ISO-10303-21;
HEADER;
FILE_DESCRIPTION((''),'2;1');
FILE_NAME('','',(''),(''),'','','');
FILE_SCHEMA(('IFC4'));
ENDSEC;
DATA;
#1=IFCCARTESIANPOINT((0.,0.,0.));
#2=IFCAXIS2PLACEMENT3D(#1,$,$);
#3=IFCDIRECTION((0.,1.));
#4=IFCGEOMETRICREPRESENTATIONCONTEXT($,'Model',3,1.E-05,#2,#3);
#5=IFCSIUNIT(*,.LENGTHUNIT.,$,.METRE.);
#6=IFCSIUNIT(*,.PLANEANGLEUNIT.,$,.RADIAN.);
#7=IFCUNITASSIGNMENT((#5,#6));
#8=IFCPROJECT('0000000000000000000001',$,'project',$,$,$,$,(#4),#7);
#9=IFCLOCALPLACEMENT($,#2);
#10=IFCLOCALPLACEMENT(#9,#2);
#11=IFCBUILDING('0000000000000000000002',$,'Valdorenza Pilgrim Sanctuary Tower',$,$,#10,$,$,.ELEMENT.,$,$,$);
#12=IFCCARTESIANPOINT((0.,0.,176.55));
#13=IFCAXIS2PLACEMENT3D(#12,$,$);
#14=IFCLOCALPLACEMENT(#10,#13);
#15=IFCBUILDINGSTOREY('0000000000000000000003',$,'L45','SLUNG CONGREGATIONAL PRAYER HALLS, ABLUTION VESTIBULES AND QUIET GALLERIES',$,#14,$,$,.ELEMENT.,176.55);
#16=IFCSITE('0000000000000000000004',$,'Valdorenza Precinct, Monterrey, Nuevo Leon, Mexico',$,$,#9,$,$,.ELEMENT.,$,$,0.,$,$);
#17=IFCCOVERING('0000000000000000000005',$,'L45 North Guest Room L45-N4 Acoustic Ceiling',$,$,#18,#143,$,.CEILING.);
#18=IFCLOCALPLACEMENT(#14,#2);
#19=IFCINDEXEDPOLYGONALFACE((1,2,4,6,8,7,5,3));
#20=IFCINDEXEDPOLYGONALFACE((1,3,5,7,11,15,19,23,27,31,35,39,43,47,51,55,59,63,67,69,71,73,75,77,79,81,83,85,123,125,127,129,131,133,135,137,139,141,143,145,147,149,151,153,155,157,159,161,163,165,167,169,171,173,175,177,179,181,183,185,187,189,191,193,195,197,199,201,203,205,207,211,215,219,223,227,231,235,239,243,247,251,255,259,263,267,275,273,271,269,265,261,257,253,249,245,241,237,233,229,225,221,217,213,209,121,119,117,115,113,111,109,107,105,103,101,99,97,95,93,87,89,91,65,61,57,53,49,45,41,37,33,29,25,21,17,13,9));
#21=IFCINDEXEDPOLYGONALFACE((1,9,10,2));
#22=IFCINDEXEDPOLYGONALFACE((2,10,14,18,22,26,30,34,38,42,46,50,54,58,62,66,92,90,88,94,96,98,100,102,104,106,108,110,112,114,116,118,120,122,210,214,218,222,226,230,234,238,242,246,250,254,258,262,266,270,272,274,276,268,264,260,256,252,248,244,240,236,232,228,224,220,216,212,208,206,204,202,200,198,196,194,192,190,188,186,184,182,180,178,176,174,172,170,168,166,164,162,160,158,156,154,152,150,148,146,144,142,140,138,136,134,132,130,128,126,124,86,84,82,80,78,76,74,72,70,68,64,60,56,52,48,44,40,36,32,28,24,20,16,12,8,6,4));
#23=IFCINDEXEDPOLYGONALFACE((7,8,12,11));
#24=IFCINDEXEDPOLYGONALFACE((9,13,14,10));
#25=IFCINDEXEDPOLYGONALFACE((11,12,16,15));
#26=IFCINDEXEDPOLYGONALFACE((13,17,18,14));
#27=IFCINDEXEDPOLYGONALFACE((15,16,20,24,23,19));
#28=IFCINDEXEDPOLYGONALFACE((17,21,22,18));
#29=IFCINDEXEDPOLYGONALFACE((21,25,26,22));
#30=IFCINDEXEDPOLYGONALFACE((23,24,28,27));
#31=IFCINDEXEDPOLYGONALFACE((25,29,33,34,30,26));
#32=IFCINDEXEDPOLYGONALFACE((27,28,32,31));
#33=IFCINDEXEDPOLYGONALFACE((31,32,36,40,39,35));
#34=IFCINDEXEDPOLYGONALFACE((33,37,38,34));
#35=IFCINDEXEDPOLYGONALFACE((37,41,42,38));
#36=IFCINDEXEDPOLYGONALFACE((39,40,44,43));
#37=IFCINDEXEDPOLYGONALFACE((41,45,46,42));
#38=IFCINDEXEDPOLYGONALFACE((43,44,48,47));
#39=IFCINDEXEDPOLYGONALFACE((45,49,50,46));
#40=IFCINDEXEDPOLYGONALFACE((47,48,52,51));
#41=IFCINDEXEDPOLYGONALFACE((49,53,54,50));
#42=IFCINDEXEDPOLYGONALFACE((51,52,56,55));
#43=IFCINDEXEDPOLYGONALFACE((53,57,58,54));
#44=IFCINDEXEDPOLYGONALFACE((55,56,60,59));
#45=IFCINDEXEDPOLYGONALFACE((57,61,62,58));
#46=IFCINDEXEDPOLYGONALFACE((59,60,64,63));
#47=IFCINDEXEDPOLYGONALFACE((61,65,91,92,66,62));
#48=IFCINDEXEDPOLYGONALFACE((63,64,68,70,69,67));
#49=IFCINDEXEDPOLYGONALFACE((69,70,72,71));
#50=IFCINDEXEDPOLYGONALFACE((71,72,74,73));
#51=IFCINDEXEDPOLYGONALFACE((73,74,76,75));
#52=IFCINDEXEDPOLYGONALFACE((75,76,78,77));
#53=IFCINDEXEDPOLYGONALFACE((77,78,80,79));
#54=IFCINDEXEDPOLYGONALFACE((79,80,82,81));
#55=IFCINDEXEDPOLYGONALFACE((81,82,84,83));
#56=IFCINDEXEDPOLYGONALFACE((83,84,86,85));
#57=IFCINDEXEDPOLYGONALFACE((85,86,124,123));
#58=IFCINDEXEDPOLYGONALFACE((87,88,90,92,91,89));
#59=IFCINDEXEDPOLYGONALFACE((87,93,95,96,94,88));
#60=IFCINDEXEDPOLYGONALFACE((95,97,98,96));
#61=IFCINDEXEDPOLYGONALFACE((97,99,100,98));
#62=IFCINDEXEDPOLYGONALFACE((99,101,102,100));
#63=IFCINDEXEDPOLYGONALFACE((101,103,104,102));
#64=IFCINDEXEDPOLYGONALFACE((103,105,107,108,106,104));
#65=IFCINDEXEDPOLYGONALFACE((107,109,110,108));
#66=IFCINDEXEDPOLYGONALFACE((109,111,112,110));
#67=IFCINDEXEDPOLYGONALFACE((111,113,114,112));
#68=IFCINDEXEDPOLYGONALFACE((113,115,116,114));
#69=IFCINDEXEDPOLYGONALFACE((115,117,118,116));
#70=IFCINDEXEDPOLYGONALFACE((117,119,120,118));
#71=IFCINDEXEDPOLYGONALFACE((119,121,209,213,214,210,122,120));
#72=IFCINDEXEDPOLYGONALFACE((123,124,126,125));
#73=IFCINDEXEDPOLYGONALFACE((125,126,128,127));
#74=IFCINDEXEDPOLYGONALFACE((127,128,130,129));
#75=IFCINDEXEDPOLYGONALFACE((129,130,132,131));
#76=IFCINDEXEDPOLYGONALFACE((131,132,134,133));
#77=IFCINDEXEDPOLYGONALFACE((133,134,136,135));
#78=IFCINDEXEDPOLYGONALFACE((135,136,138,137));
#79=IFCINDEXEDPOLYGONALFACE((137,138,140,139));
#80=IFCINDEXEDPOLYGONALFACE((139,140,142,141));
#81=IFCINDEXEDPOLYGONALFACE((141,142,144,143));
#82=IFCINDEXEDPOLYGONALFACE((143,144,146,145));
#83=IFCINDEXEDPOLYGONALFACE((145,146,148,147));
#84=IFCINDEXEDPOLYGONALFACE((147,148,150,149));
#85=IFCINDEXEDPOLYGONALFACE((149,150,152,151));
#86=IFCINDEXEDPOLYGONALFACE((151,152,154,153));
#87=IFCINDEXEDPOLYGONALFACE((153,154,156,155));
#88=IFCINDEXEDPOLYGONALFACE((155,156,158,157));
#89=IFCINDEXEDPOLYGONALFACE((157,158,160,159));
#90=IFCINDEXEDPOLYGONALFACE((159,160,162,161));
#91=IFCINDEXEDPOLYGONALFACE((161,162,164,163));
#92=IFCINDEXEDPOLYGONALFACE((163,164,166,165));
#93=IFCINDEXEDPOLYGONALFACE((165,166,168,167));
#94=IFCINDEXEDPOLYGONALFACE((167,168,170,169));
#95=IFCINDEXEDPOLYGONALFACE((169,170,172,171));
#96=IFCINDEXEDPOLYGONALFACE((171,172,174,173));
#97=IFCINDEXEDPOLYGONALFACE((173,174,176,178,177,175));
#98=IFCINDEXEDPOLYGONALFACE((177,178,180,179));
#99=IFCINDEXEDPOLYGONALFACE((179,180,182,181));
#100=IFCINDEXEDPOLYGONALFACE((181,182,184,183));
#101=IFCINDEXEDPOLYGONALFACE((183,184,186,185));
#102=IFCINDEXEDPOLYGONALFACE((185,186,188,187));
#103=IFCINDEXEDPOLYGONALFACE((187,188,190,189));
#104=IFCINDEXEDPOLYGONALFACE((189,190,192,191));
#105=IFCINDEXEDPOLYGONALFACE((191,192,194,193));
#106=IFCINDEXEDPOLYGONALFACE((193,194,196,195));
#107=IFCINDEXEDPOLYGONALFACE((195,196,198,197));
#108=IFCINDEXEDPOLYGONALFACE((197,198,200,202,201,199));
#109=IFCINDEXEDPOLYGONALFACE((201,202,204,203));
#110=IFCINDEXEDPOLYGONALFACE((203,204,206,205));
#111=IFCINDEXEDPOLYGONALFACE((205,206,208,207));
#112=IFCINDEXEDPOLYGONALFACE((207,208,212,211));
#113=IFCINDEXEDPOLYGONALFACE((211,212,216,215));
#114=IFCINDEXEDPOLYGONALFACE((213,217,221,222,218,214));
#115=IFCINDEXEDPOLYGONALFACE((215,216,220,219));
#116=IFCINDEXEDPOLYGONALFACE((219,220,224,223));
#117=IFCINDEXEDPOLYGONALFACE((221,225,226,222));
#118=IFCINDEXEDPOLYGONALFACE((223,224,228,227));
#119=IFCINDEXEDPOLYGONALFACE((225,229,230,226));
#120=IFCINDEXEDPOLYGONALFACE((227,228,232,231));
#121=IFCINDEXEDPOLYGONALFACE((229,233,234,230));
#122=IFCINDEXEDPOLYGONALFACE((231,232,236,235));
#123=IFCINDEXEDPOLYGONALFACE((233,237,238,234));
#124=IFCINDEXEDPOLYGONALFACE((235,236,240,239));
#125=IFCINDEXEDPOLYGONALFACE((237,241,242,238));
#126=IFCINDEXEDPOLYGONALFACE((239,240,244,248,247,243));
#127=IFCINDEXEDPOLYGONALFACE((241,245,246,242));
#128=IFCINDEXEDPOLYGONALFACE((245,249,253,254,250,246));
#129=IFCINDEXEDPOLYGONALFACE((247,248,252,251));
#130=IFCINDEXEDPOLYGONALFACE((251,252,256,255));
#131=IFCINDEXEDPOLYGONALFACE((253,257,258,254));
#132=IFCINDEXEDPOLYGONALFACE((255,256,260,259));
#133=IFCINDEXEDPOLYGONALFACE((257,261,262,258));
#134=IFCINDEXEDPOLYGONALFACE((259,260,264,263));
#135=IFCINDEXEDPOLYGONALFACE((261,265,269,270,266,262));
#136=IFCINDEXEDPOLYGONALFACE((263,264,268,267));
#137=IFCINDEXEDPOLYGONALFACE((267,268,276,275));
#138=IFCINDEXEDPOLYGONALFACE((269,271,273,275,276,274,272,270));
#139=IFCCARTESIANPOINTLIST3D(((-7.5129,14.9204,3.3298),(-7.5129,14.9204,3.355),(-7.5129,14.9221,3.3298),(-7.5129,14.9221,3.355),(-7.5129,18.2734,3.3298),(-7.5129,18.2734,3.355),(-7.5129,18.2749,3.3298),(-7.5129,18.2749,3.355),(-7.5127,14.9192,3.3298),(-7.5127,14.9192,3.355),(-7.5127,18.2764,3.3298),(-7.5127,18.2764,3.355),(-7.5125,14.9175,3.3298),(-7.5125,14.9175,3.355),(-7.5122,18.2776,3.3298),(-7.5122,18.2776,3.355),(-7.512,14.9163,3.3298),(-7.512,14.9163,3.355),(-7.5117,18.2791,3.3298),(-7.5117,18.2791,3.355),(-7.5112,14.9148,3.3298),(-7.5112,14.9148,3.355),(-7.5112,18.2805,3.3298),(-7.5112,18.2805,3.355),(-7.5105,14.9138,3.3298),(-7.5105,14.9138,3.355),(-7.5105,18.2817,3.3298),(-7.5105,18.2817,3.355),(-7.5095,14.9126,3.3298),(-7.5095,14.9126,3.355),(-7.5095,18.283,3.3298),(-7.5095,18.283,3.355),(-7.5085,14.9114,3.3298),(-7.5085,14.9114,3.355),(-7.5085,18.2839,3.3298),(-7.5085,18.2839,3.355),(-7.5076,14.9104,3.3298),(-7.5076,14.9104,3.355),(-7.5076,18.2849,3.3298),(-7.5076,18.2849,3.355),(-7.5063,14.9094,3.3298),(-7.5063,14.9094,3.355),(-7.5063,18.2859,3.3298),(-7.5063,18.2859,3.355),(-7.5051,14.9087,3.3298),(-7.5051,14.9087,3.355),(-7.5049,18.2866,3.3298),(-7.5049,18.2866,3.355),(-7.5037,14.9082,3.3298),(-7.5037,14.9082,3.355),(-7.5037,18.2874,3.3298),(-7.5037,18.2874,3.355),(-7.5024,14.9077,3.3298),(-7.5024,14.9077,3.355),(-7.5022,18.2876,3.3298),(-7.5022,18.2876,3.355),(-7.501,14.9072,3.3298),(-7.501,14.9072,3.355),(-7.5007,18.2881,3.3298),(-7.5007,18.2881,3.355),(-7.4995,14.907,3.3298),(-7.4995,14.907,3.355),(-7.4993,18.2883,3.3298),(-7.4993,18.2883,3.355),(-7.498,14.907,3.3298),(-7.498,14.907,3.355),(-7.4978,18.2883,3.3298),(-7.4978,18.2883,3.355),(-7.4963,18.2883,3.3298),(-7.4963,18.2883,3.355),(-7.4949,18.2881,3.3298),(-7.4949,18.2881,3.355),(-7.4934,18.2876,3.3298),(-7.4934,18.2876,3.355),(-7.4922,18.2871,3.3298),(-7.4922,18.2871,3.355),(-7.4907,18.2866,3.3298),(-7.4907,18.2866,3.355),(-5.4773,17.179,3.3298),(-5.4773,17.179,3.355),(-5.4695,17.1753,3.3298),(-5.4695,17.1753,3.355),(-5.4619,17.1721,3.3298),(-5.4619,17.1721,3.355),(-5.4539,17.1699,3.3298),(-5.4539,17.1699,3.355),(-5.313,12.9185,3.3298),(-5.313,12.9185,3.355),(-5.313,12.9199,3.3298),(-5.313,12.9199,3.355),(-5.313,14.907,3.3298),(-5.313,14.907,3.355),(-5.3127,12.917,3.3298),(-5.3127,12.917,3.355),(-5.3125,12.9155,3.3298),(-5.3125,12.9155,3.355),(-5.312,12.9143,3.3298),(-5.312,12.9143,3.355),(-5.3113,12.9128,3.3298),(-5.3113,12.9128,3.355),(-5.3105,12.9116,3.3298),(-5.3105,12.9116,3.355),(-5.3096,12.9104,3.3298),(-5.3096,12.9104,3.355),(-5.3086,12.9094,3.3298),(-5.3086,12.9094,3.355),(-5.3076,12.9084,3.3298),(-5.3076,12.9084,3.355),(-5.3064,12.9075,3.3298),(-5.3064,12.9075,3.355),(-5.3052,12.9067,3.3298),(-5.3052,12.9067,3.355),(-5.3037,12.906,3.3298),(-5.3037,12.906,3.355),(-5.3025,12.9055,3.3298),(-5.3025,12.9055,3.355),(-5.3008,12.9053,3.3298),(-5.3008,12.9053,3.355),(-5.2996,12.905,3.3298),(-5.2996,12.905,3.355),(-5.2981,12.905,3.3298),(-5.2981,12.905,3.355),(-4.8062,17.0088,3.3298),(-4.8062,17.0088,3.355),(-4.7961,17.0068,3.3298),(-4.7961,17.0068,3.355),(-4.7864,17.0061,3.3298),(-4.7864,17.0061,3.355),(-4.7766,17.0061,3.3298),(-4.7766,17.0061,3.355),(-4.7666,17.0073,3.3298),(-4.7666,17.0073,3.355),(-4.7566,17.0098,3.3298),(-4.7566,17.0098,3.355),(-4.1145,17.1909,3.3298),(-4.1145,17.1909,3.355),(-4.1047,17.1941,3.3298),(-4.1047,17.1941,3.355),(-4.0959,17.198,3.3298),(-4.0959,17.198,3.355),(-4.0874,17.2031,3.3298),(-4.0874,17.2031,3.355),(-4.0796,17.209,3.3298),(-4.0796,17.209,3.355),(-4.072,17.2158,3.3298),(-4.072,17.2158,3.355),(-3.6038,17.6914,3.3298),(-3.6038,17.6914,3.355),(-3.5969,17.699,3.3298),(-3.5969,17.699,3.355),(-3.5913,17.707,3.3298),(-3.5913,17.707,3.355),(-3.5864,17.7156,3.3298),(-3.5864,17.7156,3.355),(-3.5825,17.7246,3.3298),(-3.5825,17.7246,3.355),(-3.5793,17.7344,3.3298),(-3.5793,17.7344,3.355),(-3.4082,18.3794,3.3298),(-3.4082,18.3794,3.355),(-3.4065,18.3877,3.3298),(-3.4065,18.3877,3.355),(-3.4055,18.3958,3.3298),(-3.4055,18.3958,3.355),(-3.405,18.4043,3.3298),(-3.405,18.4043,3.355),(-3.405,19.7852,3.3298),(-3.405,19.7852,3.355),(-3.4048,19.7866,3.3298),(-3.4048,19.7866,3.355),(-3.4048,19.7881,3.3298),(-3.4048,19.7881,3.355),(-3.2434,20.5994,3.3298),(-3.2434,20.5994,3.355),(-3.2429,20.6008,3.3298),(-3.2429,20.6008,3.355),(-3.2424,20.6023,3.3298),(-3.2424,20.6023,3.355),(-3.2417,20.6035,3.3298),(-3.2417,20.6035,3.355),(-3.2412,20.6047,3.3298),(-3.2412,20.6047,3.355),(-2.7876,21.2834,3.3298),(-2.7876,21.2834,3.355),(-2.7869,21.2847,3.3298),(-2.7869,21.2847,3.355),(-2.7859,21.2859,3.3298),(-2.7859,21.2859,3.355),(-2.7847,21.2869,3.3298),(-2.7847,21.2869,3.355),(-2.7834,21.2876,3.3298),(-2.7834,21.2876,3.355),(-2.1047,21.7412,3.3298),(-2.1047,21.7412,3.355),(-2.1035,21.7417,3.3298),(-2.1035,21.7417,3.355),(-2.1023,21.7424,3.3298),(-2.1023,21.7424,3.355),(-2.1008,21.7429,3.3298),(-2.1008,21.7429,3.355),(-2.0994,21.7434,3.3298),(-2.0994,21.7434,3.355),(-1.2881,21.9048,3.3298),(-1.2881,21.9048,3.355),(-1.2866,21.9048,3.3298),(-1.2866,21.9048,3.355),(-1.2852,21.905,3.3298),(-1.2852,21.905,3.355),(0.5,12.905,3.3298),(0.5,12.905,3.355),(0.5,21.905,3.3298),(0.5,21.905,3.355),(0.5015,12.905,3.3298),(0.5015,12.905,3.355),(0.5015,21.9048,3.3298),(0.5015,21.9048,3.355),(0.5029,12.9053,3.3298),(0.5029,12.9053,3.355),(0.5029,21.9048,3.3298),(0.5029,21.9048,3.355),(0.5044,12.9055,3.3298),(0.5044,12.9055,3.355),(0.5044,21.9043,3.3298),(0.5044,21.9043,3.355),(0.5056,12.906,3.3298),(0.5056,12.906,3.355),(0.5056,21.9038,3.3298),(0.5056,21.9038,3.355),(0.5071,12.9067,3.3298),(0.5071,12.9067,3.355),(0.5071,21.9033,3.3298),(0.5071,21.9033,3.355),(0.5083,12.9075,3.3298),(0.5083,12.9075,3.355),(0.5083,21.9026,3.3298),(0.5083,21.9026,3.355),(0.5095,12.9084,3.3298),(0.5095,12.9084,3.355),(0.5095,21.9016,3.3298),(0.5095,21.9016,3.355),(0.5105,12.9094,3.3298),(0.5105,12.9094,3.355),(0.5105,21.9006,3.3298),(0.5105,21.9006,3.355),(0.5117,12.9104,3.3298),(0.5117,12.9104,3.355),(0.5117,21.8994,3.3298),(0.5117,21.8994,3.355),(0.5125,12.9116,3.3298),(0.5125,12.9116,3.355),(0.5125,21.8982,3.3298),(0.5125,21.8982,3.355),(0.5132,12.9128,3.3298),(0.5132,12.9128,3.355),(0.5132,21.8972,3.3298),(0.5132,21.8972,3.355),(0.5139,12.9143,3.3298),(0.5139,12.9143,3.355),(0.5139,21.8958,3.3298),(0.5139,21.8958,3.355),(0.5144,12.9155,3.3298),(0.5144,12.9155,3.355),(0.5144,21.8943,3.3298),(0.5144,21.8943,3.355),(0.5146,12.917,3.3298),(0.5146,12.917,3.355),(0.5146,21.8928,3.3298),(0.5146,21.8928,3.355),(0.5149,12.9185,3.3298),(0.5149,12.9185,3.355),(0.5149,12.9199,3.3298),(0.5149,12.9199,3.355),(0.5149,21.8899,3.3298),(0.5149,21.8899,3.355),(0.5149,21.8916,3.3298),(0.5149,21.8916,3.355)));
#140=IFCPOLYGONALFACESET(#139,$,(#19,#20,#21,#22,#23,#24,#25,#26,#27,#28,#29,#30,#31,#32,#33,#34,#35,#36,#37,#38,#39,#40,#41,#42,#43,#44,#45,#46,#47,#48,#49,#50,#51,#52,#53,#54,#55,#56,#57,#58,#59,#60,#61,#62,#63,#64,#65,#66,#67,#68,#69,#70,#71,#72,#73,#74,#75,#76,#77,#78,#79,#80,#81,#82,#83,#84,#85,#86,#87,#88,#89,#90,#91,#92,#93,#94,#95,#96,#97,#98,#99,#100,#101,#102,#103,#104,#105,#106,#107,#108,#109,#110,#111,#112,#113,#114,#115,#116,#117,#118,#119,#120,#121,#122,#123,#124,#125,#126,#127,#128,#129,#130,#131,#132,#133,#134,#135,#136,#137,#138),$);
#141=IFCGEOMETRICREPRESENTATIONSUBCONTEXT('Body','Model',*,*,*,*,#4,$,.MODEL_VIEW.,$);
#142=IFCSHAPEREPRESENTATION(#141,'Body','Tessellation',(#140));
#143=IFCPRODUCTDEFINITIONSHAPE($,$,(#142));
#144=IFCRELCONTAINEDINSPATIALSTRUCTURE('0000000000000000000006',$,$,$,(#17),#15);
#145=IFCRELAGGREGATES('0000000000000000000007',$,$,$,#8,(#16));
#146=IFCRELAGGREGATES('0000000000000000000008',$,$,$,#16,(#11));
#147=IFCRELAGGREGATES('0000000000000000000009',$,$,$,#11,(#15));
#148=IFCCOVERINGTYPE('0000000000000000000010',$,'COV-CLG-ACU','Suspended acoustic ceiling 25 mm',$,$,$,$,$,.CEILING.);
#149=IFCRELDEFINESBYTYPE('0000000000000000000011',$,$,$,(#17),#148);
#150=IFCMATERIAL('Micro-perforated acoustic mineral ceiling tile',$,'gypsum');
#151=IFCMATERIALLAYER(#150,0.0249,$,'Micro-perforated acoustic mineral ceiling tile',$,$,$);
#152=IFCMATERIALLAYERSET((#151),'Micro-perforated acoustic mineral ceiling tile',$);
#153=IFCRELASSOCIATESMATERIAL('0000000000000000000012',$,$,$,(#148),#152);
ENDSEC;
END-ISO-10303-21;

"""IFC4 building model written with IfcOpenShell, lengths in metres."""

from ifc_helpers import new_model, si_unit, direction, frame, origin, place, context, subcontext, project, spatial, polyline, outline, extrude, material, layer, layer_set, type_object, element, save


model = new_model("IFC4")

# Units and contexts
model_context = context("Model", 3, precision=1e-05, world=origin(), true_north=direction((0.0, 1.0)))
body_context = subcontext(model_context, "Body", "Model", "MODEL_VIEW")
ifc_project = project(units=[si_unit("LENGTHUNIT", "METRE"), si_unit("PLANEANGLEUNIT", "RADIAN")], contexts=[model_context])

# Site, building, storey
site_placement = place(None, origin())
site = spatial("IfcSite", under=ifc_project, at=site_placement, Name="Valdorenza Precinct, Monterrey, Nuevo Leon, Mexico", CompositionType="ELEMENT", RefElevation=0.0)
building_placement = place(site_placement, origin())
building = spatial("IfcBuilding", under=site, at=building_placement, Name="Valdorenza Pilgrim Sanctuary Tower", CompositionType="ELEMENT")
storey_placement = place(building_placement, frame((0.0, 0.0, 176.55)))
storey = spatial("IfcBuildingStorey", under=building, at=storey_placement, Name="L45", Description="SLUNG CONGREGATIONAL PRAYER HALLS, ABLUTION VESTIBULES AND QUIET GALLERIES", CompositionType="ELEMENT", Elevation=176.55)

# Covering
ifc_material_1 = material(Name="Micro-perforated acoustic mineral ceiling tile", Category="gypsum")
ifc_layer_1 = layer(ifc_material_1, 0.0249, Name="Micro-perforated acoustic mineral ceiling tile")
ifc_layer_set_1 = layer_set([ifc_layer_1], Name="Micro-perforated acoustic mineral ceiling tile")
covering_type_1 = type_object("IfcCoveringType", Name="COV-CLG-ACU", Description="Suspended acoustic ceiling 25 mm", PredefinedType="CEILING", material=ifc_layer_set_1)
covering_1_placement = place(storey_placement, frame((0.0, 0.0, 3.3298)))
element("IfcCovering", 1, at=covering_1_placement, inside=storey, type_object=covering_type_1, Name="L45 North Guest Room L45-N4 Acoustic Ceiling", PredefinedType="CEILING", context=body_context, shape_type="SweptSolid", body=[
    extrude(outline(polyline([(-5.313, 14.907), (-7.498, 14.907), (-7.4995, 14.907), (-7.501, 14.9072), (-7.5024, 14.9077), (-7.5037, 14.9082), (-7.5051, 14.9087), (-7.5063, 14.9094), (-7.5076, 14.9104), (-7.5085, 14.9114), (-7.5095, 14.9126), (-7.5105, 14.9138), (-7.5112, 14.9148), (-7.512, 14.9163), (-7.5125, 14.9175), (-7.5127, 14.9192), (-7.5129, 14.9204), (-7.5129, 14.9221), (-7.5129, 18.2734), (-7.5129, 18.2749), (-7.5127, 18.2764), (-7.5122, 18.2776), (-7.5117, 18.2791), (-7.5112, 18.2805), (-7.5105, 18.2817), (-7.5095, 18.283), (-7.5085, 18.2839), (-7.5076, 18.2849), (-7.5063, 18.2859), (-7.5049, 18.2866), (-7.5037, 18.2874), (-7.5022, 18.2876), (-7.5007, 18.2881), (-7.4993, 18.2883), (-7.4978, 18.2883), (-7.4963, 18.2883), (-7.4949, 18.2881), (-7.4934, 18.2876), (-7.4922, 18.2871), (-7.4907, 18.2866), (-5.4773, 17.179), (-5.4695, 17.1753), (-5.4619, 17.1721), (-5.4539, 17.1699), (-4.8062, 17.0088), (-4.7961, 17.0068), (-4.7864, 17.0061), (-4.7766, 17.0061), (-4.7666, 17.0073), (-4.7566, 17.0098), (-4.1145, 17.1909), (-4.1047, 17.1941), (-4.0959, 17.198), (-4.0874, 17.2031), (-4.0796, 17.209), (-4.072, 17.2158), (-3.6038, 17.6914), (-3.5969, 17.699), (-3.5913, 17.707), (-3.5864, 17.7156), (-3.5825, 17.7246), (-3.5793, 17.7344), (-3.4082, 18.3794), (-3.4065, 18.3877), (-3.4055, 18.3958), (-3.405, 18.4043), (-3.405, 19.7852), (-3.4048, 19.7866), (-3.4048, 19.7881), (-3.2434, 20.5994), (-3.2429, 20.6008), (-3.2424, 20.6023), (-3.2417, 20.6035), (-3.2412, 20.6047), (-2.7876, 21.2834), (-2.7869, 21.2847), (-2.7859, 21.2859), (-2.7847, 21.2869), (-2.7834, 21.2876), (-2.1047, 21.7412), (-2.1035, 21.7417), (-2.1023, 21.7424), (-2.1008, 21.7429), (-2.0994, 21.7434), (-1.2881, 21.9048), (-1.2866, 21.9048), (-1.2852, 21.905), (0.5, 21.905), (0.5015, 21.9048), (0.5029, 21.9048), (0.5044, 21.9043), (0.5056, 21.9038), (0.5071, 21.9033), (0.5083, 21.9026), (0.5095, 21.9016), (0.5105, 21.9006), (0.5117, 21.8994), (0.5125, 21.8982), (0.5132, 21.8972), (0.5139, 21.8958), (0.5144, 21.8943), (0.5146, 21.8928), (0.5149, 21.8916), (0.5149, 21.8899), (0.5149, 12.9199), (0.5149, 12.9185), (0.5146, 12.917), (0.5144, 12.9155), (0.5139, 12.9143), (0.5132, 12.9128), (0.5125, 12.9116), (0.5117, 12.9104), (0.5105, 12.9094), (0.5095, 12.9084), (0.5083, 12.9075), (0.5071, 12.9067), (0.5056, 12.906), (0.5044, 12.9055), (0.5029, 12.9053), (0.5015, 12.905), (0.5, 12.905), (-5.2981, 12.905), (-5.2996, 12.905), (-5.3008, 12.9053), (-5.3025, 12.9055), (-5.3037, 12.906), (-5.3052, 12.9067), (-5.3064, 12.9075), (-5.3076, 12.9084), (-5.3086, 12.9094), (-5.3096, 12.9104), (-5.3105, 12.9116), (-5.3113, 12.9128), (-5.312, 12.9143), (-5.3125, 12.9155), (-5.3127, 12.917), (-5.313, 12.9185), (-5.313, 12.9199), (-5.313, 14.907)])), origin(), (0.0, 0.0, 1.0), 0.0251),
])

save(model, "model.ifc")
